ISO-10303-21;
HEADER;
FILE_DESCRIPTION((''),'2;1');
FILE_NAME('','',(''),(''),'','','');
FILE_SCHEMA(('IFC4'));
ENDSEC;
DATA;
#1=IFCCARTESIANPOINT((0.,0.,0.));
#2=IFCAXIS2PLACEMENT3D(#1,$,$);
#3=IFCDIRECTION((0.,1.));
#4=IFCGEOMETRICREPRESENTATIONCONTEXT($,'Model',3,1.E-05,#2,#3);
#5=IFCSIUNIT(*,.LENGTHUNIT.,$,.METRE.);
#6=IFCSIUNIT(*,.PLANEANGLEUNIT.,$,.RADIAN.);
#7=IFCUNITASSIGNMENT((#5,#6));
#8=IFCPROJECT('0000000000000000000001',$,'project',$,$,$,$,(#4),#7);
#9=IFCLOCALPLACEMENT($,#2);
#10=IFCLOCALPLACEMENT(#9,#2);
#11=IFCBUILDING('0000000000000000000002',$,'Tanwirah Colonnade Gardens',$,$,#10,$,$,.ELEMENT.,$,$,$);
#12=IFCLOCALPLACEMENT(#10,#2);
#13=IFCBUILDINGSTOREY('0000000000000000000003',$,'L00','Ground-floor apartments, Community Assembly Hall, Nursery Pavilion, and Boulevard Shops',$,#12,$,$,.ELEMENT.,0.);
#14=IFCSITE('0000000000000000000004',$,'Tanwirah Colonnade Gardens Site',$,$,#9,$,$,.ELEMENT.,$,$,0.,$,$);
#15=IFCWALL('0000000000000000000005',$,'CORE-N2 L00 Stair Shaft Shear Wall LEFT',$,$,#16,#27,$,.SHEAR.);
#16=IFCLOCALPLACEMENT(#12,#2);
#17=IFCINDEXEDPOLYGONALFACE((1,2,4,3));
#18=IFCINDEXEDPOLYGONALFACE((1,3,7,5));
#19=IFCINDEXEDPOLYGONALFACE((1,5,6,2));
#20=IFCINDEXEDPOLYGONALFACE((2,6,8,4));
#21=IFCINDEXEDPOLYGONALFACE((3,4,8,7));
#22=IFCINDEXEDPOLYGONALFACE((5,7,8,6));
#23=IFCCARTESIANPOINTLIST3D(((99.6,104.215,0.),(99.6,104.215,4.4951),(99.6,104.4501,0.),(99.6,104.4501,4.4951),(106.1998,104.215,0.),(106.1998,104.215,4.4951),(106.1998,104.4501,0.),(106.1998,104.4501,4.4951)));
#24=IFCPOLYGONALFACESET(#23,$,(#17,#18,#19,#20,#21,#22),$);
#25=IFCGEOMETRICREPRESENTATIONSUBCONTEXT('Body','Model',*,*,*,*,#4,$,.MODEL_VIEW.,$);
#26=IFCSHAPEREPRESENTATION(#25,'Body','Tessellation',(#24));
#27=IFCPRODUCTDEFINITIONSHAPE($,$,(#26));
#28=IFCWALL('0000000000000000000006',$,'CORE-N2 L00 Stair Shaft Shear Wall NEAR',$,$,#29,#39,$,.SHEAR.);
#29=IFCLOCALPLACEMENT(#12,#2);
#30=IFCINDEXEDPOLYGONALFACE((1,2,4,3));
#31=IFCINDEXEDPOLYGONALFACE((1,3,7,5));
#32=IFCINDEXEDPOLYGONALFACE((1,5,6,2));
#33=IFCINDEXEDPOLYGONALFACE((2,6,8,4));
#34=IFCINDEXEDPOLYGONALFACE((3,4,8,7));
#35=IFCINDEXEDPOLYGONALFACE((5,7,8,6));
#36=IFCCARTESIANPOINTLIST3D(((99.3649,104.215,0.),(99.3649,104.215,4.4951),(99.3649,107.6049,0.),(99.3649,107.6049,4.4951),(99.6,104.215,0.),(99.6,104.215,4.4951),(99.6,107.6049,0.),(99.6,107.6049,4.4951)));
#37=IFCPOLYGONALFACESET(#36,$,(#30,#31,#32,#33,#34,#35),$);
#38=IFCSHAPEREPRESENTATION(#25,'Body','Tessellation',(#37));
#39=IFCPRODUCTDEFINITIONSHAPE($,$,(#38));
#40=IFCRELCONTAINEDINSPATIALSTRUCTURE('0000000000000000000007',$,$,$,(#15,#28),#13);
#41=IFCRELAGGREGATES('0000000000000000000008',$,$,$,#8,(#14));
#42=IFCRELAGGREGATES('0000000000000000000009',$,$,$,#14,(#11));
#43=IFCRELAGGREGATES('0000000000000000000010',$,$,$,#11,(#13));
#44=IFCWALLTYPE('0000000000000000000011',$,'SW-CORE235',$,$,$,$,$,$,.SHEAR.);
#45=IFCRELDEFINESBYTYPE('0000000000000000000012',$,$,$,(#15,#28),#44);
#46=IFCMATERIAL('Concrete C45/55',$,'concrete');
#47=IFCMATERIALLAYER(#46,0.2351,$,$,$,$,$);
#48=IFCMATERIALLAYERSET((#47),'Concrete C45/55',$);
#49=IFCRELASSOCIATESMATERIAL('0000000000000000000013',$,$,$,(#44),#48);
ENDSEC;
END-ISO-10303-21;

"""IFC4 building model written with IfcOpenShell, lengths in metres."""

from ifc_helpers import new_model, si_unit, direction, frame, frame_2d, origin, place, context, subcontext, project, spatial, rectangle, extrude, material, layer, layer_set, type_object, element, save


model = new_model("IFC4")

# Units and contexts
model_context = context("Model", 3, precision=1e-05, world=origin(), true_north=direction((0.0, 1.0)))
body_context = subcontext(model_context, "Body", "Model", "MODEL_VIEW")
ifc_project = project(units=[si_unit("LENGTHUNIT", "METRE"), si_unit("PLANEANGLEUNIT", "RADIAN")], contexts=[model_context])

# Site, building, storey
site_placement = place(None, origin())
site = spatial("IfcSite", under=ifc_project, at=site_placement, Name="Tanwirah Colonnade Gardens Site", CompositionType="ELEMENT", RefElevation=0.0)
building_placement = place(site_placement, origin())
building = spatial("IfcBuilding", under=site, at=building_placement, Name="Tanwirah Colonnade Gardens", CompositionType="ELEMENT")
storey_placement = place(building_placement, origin())
storey = spatial("IfcBuildingStorey", under=building, at=storey_placement, Name="L00", Description="Ground-floor apartments, Community Assembly Hall, Nursery Pavilion, and Boulevard Shops", CompositionType="ELEMENT", Elevation=0.0)

# Walls
ifc_material_1 = material(Name="Concrete C45/55", Category="concrete")
ifc_layer_1 = layer(ifc_material_1, 0.2351)
ifc_layer_set_1 = layer_set([ifc_layer_1], Name="Concrete C45/55")
wall_type_1 = type_object("IfcWallType", Name="SW-CORE235", PredefinedType="SHEAR", material=ifc_layer_set_1)
wall_1_placement = place(storey_placement, frame((99.6001, 104.3325, 0.0), z_axis=(0.0, 0.0, 1.0), x_axis=(1.0, 0.0, 0.0)))
element("IfcWall", 1, at=wall_1_placement, inside=storey, type_object=wall_type_1, Name="CORE-N2 L00 Stair Shaft Shear Wall LEFT", PredefinedType="SHEAR", context=body_context, shape_type="SweptSolid", body=[
    extrude(rectangle(XDim=6.5999, YDim=0.2351, at=frame_2d((3.2998, 0.0))), origin(), (0.0, 0.0, 1.0), 4.4951),
])
wall_2_placement = place(storey_placement, frame((99.4824, 104.2151, 0.0), z_axis=(0.0, 0.0, 1.0), x_axis=(0.0, 1.0, 0.0)))
element("IfcWall", 2, at=wall_2_placement, inside=storey, type_object=wall_type_1, Name="CORE-N2 L00 Stair Shaft Shear Wall NEAR", PredefinedType="SHEAR", context=body_context, shape_type="SweptSolid", body=[
    extrude(rectangle(XDim=3.3899, YDim=0.2351, at=frame_2d((1.6948, 0.0))), origin(), (0.0, 0.0, 1.0), 4.4951),
])

save(model, "model.ifc")
